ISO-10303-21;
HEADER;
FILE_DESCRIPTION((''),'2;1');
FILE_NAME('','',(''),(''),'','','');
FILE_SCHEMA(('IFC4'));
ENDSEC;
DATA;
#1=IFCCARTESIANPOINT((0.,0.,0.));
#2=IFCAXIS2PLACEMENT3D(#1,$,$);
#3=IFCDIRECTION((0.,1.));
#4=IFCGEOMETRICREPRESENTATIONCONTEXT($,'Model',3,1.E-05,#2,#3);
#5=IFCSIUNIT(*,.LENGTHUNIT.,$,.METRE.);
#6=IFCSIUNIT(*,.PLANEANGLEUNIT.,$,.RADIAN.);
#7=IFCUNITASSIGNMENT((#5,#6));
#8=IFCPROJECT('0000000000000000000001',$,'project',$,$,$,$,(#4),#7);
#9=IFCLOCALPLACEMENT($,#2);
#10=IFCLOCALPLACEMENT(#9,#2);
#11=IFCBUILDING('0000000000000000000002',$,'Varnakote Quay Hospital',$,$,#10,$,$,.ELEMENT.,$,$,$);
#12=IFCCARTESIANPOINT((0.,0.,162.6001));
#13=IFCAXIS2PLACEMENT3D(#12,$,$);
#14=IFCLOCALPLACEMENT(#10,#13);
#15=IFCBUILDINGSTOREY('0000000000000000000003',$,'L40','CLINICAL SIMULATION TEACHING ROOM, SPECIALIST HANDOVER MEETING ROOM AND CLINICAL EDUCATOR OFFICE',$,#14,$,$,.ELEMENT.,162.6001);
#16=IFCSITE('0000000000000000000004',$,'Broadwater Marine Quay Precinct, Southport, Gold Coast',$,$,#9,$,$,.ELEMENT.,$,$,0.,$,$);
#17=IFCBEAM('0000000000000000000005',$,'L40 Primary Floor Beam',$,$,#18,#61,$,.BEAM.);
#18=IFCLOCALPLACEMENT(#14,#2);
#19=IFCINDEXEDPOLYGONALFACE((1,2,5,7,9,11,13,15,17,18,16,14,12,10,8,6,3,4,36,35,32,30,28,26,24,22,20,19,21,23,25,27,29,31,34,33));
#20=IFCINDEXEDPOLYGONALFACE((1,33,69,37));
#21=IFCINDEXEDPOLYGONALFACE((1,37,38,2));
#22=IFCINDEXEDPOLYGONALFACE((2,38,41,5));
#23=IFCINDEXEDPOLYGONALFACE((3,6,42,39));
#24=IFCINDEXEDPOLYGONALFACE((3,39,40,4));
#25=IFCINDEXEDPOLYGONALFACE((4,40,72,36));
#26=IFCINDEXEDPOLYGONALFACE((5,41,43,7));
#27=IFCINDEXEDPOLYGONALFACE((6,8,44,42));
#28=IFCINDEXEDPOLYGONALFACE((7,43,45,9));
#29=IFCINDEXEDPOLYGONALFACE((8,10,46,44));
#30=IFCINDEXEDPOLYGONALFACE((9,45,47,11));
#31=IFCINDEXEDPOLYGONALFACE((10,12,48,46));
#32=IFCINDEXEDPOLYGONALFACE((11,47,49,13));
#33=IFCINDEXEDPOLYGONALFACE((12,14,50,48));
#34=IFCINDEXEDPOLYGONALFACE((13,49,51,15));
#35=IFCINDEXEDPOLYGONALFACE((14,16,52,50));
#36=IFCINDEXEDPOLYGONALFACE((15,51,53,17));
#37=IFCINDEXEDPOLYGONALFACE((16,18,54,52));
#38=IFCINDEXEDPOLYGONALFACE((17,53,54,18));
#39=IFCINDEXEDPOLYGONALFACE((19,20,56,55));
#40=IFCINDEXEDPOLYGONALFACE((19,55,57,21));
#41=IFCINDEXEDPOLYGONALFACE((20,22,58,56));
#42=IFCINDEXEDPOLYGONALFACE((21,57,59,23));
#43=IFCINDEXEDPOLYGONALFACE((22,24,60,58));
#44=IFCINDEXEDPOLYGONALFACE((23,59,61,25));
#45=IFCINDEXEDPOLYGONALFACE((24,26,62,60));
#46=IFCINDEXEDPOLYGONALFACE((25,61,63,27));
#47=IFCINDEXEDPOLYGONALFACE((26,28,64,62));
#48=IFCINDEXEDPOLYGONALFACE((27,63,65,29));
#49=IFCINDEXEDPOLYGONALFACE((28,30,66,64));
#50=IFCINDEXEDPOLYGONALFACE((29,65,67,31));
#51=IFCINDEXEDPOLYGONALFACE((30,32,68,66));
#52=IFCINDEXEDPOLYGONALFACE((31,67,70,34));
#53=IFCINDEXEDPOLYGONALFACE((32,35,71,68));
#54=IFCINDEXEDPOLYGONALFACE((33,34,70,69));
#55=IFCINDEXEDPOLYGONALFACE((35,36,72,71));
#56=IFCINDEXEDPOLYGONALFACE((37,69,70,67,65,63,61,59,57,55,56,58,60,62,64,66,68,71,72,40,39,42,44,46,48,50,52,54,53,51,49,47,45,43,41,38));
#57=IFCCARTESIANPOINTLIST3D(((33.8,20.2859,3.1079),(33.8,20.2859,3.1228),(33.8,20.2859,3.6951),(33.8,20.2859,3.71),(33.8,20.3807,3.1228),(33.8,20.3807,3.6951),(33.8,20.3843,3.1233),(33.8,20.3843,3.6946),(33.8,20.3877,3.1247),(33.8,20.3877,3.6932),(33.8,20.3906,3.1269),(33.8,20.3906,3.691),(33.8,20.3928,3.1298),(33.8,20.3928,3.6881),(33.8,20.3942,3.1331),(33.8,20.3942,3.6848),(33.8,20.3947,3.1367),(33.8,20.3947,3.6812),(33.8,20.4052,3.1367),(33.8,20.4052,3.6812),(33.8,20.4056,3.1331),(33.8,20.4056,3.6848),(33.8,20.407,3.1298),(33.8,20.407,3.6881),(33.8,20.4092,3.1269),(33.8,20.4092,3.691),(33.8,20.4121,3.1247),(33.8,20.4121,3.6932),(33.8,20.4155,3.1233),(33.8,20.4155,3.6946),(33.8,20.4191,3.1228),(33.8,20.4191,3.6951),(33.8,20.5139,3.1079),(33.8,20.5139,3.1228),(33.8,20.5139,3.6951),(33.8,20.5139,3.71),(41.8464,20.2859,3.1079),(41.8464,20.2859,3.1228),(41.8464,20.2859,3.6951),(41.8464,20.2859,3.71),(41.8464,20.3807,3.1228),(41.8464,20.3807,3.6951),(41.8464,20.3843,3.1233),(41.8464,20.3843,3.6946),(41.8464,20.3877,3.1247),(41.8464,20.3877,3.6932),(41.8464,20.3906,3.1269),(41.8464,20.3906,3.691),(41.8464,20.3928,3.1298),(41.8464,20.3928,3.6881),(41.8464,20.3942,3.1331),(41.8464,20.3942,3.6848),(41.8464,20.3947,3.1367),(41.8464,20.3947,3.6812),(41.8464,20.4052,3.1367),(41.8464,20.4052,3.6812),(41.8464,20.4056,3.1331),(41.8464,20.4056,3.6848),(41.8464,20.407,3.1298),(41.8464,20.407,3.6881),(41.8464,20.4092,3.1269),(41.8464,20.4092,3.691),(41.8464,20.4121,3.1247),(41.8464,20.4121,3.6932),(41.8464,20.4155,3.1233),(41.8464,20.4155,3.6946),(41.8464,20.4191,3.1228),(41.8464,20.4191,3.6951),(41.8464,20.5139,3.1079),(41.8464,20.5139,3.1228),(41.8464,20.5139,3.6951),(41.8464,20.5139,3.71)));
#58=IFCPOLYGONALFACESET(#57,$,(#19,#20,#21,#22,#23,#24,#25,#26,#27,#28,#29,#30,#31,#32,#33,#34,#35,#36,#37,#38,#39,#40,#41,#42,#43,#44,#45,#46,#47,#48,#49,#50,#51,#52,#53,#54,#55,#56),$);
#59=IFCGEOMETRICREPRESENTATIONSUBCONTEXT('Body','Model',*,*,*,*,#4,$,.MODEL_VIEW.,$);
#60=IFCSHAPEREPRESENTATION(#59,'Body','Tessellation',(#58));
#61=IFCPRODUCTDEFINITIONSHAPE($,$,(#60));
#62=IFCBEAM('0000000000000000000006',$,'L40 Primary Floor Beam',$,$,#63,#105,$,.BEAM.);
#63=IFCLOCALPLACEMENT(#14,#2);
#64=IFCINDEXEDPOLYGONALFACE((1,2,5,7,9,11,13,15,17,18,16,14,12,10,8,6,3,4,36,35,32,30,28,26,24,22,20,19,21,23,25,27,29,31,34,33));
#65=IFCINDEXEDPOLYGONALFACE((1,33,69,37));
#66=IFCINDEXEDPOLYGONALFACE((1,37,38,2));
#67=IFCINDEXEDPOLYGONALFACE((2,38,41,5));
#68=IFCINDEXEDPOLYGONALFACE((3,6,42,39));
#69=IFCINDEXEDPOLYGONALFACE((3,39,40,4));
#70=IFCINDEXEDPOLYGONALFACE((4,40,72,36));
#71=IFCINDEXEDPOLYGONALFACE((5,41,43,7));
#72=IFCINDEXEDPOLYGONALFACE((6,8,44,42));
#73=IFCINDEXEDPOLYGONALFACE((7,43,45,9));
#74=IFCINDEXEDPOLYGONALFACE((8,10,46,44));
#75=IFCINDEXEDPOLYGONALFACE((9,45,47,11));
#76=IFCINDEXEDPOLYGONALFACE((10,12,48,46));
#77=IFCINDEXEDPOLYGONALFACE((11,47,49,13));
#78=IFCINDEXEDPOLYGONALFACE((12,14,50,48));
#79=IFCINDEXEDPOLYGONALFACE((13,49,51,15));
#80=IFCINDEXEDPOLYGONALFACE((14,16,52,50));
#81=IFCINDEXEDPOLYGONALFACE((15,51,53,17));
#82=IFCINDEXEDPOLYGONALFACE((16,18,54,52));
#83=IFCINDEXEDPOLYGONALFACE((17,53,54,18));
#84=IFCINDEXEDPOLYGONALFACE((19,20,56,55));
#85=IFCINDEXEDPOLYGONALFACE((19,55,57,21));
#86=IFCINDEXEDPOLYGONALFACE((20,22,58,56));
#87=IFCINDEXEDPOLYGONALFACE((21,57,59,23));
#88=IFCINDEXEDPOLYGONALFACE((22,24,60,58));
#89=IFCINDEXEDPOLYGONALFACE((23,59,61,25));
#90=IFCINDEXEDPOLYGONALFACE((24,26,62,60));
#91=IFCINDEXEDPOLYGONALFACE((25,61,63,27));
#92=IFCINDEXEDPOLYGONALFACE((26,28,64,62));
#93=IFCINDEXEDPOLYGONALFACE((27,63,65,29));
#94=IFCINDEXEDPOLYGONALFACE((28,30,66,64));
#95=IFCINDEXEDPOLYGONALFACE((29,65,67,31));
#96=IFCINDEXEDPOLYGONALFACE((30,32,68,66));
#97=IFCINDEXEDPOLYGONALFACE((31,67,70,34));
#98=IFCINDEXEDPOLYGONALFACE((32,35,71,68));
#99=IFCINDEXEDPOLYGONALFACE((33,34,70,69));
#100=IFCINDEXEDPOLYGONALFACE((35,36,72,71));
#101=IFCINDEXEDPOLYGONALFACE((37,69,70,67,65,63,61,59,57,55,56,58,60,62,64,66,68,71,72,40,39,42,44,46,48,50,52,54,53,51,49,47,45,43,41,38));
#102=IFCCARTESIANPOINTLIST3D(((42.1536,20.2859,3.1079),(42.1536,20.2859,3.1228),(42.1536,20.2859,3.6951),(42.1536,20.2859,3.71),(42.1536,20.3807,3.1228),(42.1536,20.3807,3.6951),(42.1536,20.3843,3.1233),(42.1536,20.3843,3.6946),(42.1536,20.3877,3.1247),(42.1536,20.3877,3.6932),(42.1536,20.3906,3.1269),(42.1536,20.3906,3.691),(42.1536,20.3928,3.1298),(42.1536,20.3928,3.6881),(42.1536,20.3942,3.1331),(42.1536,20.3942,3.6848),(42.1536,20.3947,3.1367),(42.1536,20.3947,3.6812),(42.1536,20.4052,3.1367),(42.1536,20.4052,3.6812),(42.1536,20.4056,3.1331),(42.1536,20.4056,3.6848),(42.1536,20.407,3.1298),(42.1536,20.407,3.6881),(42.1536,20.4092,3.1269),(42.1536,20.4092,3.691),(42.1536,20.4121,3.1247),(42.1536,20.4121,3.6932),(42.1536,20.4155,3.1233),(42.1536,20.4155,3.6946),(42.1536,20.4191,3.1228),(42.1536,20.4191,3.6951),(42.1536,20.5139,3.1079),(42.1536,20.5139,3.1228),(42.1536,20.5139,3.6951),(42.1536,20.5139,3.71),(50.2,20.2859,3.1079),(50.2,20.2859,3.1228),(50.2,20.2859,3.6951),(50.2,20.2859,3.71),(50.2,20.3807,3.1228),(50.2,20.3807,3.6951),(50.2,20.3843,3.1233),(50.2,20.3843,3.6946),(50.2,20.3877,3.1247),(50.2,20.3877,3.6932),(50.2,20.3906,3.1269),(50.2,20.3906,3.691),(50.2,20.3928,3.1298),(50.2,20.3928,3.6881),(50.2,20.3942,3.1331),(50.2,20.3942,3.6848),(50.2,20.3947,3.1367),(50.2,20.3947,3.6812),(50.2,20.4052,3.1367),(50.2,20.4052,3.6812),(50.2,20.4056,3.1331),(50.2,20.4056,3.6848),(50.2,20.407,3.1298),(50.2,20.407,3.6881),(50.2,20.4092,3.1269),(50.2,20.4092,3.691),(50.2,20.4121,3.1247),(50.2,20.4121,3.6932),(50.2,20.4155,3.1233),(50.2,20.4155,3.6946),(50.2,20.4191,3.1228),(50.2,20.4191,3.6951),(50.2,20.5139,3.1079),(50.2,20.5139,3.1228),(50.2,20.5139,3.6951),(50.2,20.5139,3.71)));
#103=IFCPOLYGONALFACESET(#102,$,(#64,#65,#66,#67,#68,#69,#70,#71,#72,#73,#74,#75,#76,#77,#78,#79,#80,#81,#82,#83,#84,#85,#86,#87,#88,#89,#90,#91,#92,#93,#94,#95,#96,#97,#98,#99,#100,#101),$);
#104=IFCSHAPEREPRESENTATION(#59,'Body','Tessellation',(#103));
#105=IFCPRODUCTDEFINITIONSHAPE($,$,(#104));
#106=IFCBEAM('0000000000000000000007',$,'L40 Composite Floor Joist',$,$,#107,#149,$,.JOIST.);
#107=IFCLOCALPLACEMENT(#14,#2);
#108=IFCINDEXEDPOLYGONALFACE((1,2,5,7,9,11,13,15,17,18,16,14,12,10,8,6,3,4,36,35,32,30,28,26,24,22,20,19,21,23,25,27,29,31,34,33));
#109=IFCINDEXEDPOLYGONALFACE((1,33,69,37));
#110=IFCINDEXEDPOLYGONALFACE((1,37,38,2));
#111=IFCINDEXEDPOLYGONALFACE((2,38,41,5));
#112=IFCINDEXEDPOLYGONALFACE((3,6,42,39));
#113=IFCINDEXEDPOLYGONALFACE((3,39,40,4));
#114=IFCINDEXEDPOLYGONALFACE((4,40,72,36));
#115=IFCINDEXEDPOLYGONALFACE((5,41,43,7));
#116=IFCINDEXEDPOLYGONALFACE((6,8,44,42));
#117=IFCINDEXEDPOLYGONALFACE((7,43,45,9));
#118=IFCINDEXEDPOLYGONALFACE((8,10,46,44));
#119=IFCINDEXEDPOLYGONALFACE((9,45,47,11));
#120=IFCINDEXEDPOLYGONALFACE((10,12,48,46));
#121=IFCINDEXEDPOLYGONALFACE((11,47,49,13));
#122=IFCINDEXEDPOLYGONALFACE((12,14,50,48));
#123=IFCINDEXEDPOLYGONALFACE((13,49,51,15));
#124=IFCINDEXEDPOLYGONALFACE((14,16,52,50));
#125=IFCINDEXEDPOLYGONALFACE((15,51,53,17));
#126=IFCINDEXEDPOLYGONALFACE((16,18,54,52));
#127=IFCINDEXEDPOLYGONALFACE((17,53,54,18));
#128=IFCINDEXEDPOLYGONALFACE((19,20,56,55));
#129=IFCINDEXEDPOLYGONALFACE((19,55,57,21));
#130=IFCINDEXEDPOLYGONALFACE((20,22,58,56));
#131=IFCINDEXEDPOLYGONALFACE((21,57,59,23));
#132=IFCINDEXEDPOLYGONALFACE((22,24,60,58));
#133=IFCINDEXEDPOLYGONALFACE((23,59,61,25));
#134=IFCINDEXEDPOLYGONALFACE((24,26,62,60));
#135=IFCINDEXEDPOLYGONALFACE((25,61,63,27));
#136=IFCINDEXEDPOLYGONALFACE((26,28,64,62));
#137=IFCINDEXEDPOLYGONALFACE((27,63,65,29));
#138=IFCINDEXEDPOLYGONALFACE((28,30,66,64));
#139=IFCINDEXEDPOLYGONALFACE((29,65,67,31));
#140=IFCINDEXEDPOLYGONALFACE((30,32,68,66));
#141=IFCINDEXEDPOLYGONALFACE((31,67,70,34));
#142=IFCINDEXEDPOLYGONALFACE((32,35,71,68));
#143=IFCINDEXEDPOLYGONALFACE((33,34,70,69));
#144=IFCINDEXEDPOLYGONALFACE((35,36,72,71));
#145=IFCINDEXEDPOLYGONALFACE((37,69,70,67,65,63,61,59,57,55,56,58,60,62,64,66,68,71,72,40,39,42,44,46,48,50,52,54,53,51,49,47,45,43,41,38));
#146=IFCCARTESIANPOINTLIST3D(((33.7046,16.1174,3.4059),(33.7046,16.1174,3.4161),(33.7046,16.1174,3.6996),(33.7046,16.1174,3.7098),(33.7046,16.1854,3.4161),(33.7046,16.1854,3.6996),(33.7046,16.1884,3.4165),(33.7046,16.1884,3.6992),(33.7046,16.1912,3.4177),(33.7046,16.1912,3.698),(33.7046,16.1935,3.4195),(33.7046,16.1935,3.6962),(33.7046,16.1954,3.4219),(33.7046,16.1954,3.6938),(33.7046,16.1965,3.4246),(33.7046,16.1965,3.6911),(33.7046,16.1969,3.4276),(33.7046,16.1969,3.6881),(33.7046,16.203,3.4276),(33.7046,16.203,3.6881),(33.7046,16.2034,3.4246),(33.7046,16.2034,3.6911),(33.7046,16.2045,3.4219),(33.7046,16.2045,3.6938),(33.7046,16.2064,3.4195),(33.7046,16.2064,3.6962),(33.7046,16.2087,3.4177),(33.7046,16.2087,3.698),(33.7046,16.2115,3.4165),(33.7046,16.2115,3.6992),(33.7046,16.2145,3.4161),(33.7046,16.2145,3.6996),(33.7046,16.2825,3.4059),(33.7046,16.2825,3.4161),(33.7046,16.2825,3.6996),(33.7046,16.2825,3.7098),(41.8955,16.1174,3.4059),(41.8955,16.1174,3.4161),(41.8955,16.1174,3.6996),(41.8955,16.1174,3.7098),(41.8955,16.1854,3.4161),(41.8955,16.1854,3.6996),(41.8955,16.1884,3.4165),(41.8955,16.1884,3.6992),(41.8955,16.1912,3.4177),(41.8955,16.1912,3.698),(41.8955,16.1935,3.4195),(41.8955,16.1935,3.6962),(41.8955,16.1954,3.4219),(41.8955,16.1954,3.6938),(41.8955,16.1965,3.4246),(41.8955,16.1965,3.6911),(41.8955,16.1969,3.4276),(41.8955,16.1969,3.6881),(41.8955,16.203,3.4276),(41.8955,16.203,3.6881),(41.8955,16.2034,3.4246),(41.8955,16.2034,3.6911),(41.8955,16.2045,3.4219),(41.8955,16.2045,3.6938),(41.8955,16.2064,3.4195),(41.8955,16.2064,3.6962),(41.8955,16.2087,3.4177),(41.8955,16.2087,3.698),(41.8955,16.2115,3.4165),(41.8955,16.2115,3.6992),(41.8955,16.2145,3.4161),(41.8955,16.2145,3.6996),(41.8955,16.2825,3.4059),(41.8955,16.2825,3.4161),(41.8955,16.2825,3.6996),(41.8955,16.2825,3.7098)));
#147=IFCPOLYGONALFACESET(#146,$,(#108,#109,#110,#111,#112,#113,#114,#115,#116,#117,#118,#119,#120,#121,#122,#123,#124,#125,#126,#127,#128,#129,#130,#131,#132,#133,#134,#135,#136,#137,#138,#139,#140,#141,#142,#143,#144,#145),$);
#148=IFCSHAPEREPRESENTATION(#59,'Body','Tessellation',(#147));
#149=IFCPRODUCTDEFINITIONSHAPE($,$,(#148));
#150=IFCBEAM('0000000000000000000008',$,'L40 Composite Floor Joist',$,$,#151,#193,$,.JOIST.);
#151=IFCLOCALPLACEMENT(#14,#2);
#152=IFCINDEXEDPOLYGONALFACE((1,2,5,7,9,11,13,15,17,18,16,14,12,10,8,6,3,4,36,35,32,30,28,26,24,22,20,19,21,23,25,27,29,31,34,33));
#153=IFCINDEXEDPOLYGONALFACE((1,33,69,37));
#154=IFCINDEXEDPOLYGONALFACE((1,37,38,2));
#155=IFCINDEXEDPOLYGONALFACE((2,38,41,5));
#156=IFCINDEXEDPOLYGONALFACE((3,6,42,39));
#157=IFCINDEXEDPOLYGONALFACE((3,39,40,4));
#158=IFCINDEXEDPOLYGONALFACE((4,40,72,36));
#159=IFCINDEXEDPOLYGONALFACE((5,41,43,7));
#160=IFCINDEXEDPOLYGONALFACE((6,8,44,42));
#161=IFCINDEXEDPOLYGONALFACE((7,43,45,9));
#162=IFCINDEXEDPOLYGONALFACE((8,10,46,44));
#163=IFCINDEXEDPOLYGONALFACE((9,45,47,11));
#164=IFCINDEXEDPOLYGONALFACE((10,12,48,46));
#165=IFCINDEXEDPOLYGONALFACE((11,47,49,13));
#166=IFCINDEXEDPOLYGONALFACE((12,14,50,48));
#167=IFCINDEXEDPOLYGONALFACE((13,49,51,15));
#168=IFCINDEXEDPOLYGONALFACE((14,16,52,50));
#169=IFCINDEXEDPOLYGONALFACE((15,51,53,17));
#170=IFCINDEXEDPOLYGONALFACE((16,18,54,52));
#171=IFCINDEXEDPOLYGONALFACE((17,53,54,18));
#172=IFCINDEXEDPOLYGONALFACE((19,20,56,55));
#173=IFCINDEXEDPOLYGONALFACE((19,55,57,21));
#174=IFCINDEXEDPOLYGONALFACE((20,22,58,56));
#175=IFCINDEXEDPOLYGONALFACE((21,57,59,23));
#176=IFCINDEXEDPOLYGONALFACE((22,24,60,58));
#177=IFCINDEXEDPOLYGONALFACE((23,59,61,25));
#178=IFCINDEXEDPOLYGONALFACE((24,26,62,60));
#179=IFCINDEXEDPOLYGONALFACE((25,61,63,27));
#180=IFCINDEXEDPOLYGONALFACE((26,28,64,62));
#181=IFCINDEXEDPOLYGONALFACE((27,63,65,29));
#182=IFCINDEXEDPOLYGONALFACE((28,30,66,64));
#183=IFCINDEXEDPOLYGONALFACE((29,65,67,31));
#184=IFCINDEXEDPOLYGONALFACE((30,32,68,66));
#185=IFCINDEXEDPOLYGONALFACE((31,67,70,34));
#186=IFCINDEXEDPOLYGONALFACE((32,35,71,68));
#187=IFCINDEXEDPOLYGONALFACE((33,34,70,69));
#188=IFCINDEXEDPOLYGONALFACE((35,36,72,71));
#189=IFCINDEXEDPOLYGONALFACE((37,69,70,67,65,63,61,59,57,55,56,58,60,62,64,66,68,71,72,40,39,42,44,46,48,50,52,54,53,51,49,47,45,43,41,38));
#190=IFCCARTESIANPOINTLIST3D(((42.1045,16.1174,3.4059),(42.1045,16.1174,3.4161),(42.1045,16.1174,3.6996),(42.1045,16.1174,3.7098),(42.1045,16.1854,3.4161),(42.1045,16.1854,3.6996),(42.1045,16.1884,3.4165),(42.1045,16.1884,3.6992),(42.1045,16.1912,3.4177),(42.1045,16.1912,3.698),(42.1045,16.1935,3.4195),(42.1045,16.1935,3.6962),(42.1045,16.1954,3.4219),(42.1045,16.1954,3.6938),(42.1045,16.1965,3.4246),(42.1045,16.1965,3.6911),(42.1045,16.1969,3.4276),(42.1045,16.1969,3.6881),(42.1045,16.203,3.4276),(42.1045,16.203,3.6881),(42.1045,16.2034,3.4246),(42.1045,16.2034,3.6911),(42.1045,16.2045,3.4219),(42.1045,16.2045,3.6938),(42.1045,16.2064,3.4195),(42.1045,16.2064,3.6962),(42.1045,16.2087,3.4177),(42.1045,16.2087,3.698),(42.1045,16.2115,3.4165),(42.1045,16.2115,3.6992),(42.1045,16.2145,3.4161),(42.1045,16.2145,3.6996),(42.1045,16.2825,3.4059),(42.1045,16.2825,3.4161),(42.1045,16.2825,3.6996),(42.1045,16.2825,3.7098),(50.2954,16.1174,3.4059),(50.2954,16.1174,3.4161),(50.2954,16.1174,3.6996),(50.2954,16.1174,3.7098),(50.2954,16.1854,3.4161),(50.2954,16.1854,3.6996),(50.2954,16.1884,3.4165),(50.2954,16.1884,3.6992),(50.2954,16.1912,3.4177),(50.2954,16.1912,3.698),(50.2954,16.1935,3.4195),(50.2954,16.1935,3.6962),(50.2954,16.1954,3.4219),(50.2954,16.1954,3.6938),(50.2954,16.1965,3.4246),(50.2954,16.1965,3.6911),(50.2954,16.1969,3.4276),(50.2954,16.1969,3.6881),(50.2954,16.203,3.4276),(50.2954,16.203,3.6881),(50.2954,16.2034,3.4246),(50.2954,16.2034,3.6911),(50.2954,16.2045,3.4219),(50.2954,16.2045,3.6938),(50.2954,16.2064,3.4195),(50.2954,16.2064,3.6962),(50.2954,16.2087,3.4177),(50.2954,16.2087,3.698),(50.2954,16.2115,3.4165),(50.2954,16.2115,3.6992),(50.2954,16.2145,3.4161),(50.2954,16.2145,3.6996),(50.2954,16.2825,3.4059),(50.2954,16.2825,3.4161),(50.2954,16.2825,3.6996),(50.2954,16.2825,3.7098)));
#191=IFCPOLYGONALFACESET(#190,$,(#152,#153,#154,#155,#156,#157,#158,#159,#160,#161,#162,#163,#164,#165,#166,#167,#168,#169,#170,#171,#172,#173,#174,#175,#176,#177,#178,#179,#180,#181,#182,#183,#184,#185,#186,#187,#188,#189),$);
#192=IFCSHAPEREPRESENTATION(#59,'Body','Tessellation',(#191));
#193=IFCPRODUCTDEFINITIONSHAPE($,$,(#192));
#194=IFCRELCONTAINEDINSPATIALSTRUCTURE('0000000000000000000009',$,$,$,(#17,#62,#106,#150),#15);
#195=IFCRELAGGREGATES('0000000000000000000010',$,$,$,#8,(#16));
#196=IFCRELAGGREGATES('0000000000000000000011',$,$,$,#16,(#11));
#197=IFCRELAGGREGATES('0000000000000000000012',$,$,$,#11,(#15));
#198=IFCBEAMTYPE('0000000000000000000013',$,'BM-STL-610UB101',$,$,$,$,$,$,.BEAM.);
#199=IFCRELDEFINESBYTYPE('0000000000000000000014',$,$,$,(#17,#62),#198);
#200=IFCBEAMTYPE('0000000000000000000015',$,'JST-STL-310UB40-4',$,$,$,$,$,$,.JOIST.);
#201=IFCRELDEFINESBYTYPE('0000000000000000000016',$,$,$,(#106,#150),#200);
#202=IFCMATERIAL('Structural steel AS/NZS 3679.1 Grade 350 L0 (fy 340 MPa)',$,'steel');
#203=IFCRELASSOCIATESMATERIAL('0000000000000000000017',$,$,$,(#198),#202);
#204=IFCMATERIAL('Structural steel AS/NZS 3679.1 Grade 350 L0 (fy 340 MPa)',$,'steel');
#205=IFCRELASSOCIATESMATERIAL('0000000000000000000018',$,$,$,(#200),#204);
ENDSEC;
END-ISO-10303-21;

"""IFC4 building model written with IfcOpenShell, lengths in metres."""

from ifc_helpers import new_model, si_unit, direction, frame, origin, origin_2d, place, context, subcontext, project, spatial, i_section, extrude, material, material_profile, profile_set, type_object, element, save


model = new_model("IFC4")

# Units and contexts
model_context = context("Model", 3, precision=1e-05, world=origin(), true_north=direction((0.0, 1.0)))
body_context = subcontext(model_context, "Body", "Model", "MODEL_VIEW")
ifc_project = project(units=[si_unit("LENGTHUNIT", "METRE"), si_unit("PLANEANGLEUNIT", "RADIAN")], contexts=[model_context])

# Site, building, storey
site_placement = place(None, origin())
site = spatial("IfcSite", under=ifc_project, at=site_placement, Name="Broadwater Marine Quay Precinct, Southport, Gold Coast", CompositionType="ELEMENT", RefElevation=0.0)
building_placement = place(site_placement, origin())
building = spatial("IfcBuilding", under=site, at=building_placement, Name="Varnakote Quay Hospital", CompositionType="ELEMENT")
storey_placement = place(building_placement, frame((0.0, 0.0, 162.6001)))
storey = spatial("IfcBuildingStorey", under=building, at=storey_placement, Name="L40", Description="CLINICAL SIMULATION TEACHING ROOM, SPECIALIST HANDOVER MEETING ROOM AND CLINICAL EDUCATOR OFFICE", CompositionType="ELEMENT", Elevation=162.6001)

# Beams
ifc_material_1 = material(Name="Structural steel AS/NZS 3679.1 Grade 350 L0 (fy 340 MPa)", Category="steel")
ifc_material_profile_1 = material_profile(ifc_material_1, i_section(OverallWidth=0.228, OverallDepth=0.6021, WebThickness=0.0105, FlangeThickness=0.0149, FilletRadius=0.0139, at=origin_2d()), Name="610UB101")
ifc_profile_set_1 = profile_set([ifc_material_profile_1], Name="Structural steel AS/NZS 3679.1 Grade 350 L0 (fy 340 MPa)")
beam_type_1 = type_object("IfcBeamType", Name="BM-STL-610UB101", PredefinedType="BEAM", material=ifc_profile_set_1)
for number, where, z_axis, x_axis, name in (
    (1, (33.8, 20.3999, 3.4089), (1.0, 0.0, 0.0), (0.0, 1.0, 0.0), "L40 Primary Floor Beam"),
    (2, (42.1536, 20.3999, 3.4089), (1.0, 0.0, 0.0), (0.0, 1.0, 0.0), "L40 Primary Floor Beam"),
):
    element("IfcBeam", number, at=place(storey_placement, frame(where, z_axis=z_axis, x_axis=x_axis)), inside=storey, type_object=beam_type_1, Name=name, PredefinedType="BEAM", context=body_context, shape_type="SweptSolid", body=[
        extrude(i_section(OverallWidth=0.228, OverallDepth=0.6021, WebThickness=0.0105, FlangeThickness=0.0149, FilletRadius=0.0139, at=origin_2d()), origin(), (0.0, 0.0, 1.0), 8.0464),
    ])
ifc_material_2 = material(Name="Structural steel AS/NZS 3679.1 Grade 350 L0 (fy 340 MPa)", Category="steel")
ifc_material_profile_2 = material_profile(ifc_material_2, i_section(OverallWidth=0.165, OverallDepth=0.304, WebThickness=0.0061, FlangeThickness=0.0103, FilletRadius=0.0115, at=origin_2d()), Name="310UB40.4")
ifc_profile_set_2 = profile_set([ifc_material_profile_2], Name="Structural steel AS/NZS 3679.1 Grade 350 L0 (fy 340 MPa)")
beam_type_2 = type_object("IfcBeamType", Name="JST-STL-310UB40-4", PredefinedType="JOIST", material=ifc_profile_set_2)
for number, where, z_axis, x_axis, name in (
    (3, (33.7046, 16.2, 3.5579), (1.0, 0.0, 0.0), (0.0, 1.0, 0.0), "L40 Composite Floor Joist"),
    (4, (42.1045, 16.2, 3.5579), (1.0, 0.0, 0.0), (0.0, 1.0, 0.0), "L40 Composite Floor Joist"),
):
    element("IfcBeam", number, at=place(storey_placement, frame(where, z_axis=z_axis, x_axis=x_axis)), inside=storey, type_object=beam_type_2, Name=name, PredefinedType="JOIST", context=body_context, shape_type="SweptSolid", body=[
        extrude(i_section(OverallWidth=0.165, OverallDepth=0.304, WebThickness=0.0061, FlangeThickness=0.0103, FilletRadius=0.0115, at=origin_2d()), origin(), (0.0, 0.0, 1.0), 8.1909),
    ])

save(model, "model.ifc")
